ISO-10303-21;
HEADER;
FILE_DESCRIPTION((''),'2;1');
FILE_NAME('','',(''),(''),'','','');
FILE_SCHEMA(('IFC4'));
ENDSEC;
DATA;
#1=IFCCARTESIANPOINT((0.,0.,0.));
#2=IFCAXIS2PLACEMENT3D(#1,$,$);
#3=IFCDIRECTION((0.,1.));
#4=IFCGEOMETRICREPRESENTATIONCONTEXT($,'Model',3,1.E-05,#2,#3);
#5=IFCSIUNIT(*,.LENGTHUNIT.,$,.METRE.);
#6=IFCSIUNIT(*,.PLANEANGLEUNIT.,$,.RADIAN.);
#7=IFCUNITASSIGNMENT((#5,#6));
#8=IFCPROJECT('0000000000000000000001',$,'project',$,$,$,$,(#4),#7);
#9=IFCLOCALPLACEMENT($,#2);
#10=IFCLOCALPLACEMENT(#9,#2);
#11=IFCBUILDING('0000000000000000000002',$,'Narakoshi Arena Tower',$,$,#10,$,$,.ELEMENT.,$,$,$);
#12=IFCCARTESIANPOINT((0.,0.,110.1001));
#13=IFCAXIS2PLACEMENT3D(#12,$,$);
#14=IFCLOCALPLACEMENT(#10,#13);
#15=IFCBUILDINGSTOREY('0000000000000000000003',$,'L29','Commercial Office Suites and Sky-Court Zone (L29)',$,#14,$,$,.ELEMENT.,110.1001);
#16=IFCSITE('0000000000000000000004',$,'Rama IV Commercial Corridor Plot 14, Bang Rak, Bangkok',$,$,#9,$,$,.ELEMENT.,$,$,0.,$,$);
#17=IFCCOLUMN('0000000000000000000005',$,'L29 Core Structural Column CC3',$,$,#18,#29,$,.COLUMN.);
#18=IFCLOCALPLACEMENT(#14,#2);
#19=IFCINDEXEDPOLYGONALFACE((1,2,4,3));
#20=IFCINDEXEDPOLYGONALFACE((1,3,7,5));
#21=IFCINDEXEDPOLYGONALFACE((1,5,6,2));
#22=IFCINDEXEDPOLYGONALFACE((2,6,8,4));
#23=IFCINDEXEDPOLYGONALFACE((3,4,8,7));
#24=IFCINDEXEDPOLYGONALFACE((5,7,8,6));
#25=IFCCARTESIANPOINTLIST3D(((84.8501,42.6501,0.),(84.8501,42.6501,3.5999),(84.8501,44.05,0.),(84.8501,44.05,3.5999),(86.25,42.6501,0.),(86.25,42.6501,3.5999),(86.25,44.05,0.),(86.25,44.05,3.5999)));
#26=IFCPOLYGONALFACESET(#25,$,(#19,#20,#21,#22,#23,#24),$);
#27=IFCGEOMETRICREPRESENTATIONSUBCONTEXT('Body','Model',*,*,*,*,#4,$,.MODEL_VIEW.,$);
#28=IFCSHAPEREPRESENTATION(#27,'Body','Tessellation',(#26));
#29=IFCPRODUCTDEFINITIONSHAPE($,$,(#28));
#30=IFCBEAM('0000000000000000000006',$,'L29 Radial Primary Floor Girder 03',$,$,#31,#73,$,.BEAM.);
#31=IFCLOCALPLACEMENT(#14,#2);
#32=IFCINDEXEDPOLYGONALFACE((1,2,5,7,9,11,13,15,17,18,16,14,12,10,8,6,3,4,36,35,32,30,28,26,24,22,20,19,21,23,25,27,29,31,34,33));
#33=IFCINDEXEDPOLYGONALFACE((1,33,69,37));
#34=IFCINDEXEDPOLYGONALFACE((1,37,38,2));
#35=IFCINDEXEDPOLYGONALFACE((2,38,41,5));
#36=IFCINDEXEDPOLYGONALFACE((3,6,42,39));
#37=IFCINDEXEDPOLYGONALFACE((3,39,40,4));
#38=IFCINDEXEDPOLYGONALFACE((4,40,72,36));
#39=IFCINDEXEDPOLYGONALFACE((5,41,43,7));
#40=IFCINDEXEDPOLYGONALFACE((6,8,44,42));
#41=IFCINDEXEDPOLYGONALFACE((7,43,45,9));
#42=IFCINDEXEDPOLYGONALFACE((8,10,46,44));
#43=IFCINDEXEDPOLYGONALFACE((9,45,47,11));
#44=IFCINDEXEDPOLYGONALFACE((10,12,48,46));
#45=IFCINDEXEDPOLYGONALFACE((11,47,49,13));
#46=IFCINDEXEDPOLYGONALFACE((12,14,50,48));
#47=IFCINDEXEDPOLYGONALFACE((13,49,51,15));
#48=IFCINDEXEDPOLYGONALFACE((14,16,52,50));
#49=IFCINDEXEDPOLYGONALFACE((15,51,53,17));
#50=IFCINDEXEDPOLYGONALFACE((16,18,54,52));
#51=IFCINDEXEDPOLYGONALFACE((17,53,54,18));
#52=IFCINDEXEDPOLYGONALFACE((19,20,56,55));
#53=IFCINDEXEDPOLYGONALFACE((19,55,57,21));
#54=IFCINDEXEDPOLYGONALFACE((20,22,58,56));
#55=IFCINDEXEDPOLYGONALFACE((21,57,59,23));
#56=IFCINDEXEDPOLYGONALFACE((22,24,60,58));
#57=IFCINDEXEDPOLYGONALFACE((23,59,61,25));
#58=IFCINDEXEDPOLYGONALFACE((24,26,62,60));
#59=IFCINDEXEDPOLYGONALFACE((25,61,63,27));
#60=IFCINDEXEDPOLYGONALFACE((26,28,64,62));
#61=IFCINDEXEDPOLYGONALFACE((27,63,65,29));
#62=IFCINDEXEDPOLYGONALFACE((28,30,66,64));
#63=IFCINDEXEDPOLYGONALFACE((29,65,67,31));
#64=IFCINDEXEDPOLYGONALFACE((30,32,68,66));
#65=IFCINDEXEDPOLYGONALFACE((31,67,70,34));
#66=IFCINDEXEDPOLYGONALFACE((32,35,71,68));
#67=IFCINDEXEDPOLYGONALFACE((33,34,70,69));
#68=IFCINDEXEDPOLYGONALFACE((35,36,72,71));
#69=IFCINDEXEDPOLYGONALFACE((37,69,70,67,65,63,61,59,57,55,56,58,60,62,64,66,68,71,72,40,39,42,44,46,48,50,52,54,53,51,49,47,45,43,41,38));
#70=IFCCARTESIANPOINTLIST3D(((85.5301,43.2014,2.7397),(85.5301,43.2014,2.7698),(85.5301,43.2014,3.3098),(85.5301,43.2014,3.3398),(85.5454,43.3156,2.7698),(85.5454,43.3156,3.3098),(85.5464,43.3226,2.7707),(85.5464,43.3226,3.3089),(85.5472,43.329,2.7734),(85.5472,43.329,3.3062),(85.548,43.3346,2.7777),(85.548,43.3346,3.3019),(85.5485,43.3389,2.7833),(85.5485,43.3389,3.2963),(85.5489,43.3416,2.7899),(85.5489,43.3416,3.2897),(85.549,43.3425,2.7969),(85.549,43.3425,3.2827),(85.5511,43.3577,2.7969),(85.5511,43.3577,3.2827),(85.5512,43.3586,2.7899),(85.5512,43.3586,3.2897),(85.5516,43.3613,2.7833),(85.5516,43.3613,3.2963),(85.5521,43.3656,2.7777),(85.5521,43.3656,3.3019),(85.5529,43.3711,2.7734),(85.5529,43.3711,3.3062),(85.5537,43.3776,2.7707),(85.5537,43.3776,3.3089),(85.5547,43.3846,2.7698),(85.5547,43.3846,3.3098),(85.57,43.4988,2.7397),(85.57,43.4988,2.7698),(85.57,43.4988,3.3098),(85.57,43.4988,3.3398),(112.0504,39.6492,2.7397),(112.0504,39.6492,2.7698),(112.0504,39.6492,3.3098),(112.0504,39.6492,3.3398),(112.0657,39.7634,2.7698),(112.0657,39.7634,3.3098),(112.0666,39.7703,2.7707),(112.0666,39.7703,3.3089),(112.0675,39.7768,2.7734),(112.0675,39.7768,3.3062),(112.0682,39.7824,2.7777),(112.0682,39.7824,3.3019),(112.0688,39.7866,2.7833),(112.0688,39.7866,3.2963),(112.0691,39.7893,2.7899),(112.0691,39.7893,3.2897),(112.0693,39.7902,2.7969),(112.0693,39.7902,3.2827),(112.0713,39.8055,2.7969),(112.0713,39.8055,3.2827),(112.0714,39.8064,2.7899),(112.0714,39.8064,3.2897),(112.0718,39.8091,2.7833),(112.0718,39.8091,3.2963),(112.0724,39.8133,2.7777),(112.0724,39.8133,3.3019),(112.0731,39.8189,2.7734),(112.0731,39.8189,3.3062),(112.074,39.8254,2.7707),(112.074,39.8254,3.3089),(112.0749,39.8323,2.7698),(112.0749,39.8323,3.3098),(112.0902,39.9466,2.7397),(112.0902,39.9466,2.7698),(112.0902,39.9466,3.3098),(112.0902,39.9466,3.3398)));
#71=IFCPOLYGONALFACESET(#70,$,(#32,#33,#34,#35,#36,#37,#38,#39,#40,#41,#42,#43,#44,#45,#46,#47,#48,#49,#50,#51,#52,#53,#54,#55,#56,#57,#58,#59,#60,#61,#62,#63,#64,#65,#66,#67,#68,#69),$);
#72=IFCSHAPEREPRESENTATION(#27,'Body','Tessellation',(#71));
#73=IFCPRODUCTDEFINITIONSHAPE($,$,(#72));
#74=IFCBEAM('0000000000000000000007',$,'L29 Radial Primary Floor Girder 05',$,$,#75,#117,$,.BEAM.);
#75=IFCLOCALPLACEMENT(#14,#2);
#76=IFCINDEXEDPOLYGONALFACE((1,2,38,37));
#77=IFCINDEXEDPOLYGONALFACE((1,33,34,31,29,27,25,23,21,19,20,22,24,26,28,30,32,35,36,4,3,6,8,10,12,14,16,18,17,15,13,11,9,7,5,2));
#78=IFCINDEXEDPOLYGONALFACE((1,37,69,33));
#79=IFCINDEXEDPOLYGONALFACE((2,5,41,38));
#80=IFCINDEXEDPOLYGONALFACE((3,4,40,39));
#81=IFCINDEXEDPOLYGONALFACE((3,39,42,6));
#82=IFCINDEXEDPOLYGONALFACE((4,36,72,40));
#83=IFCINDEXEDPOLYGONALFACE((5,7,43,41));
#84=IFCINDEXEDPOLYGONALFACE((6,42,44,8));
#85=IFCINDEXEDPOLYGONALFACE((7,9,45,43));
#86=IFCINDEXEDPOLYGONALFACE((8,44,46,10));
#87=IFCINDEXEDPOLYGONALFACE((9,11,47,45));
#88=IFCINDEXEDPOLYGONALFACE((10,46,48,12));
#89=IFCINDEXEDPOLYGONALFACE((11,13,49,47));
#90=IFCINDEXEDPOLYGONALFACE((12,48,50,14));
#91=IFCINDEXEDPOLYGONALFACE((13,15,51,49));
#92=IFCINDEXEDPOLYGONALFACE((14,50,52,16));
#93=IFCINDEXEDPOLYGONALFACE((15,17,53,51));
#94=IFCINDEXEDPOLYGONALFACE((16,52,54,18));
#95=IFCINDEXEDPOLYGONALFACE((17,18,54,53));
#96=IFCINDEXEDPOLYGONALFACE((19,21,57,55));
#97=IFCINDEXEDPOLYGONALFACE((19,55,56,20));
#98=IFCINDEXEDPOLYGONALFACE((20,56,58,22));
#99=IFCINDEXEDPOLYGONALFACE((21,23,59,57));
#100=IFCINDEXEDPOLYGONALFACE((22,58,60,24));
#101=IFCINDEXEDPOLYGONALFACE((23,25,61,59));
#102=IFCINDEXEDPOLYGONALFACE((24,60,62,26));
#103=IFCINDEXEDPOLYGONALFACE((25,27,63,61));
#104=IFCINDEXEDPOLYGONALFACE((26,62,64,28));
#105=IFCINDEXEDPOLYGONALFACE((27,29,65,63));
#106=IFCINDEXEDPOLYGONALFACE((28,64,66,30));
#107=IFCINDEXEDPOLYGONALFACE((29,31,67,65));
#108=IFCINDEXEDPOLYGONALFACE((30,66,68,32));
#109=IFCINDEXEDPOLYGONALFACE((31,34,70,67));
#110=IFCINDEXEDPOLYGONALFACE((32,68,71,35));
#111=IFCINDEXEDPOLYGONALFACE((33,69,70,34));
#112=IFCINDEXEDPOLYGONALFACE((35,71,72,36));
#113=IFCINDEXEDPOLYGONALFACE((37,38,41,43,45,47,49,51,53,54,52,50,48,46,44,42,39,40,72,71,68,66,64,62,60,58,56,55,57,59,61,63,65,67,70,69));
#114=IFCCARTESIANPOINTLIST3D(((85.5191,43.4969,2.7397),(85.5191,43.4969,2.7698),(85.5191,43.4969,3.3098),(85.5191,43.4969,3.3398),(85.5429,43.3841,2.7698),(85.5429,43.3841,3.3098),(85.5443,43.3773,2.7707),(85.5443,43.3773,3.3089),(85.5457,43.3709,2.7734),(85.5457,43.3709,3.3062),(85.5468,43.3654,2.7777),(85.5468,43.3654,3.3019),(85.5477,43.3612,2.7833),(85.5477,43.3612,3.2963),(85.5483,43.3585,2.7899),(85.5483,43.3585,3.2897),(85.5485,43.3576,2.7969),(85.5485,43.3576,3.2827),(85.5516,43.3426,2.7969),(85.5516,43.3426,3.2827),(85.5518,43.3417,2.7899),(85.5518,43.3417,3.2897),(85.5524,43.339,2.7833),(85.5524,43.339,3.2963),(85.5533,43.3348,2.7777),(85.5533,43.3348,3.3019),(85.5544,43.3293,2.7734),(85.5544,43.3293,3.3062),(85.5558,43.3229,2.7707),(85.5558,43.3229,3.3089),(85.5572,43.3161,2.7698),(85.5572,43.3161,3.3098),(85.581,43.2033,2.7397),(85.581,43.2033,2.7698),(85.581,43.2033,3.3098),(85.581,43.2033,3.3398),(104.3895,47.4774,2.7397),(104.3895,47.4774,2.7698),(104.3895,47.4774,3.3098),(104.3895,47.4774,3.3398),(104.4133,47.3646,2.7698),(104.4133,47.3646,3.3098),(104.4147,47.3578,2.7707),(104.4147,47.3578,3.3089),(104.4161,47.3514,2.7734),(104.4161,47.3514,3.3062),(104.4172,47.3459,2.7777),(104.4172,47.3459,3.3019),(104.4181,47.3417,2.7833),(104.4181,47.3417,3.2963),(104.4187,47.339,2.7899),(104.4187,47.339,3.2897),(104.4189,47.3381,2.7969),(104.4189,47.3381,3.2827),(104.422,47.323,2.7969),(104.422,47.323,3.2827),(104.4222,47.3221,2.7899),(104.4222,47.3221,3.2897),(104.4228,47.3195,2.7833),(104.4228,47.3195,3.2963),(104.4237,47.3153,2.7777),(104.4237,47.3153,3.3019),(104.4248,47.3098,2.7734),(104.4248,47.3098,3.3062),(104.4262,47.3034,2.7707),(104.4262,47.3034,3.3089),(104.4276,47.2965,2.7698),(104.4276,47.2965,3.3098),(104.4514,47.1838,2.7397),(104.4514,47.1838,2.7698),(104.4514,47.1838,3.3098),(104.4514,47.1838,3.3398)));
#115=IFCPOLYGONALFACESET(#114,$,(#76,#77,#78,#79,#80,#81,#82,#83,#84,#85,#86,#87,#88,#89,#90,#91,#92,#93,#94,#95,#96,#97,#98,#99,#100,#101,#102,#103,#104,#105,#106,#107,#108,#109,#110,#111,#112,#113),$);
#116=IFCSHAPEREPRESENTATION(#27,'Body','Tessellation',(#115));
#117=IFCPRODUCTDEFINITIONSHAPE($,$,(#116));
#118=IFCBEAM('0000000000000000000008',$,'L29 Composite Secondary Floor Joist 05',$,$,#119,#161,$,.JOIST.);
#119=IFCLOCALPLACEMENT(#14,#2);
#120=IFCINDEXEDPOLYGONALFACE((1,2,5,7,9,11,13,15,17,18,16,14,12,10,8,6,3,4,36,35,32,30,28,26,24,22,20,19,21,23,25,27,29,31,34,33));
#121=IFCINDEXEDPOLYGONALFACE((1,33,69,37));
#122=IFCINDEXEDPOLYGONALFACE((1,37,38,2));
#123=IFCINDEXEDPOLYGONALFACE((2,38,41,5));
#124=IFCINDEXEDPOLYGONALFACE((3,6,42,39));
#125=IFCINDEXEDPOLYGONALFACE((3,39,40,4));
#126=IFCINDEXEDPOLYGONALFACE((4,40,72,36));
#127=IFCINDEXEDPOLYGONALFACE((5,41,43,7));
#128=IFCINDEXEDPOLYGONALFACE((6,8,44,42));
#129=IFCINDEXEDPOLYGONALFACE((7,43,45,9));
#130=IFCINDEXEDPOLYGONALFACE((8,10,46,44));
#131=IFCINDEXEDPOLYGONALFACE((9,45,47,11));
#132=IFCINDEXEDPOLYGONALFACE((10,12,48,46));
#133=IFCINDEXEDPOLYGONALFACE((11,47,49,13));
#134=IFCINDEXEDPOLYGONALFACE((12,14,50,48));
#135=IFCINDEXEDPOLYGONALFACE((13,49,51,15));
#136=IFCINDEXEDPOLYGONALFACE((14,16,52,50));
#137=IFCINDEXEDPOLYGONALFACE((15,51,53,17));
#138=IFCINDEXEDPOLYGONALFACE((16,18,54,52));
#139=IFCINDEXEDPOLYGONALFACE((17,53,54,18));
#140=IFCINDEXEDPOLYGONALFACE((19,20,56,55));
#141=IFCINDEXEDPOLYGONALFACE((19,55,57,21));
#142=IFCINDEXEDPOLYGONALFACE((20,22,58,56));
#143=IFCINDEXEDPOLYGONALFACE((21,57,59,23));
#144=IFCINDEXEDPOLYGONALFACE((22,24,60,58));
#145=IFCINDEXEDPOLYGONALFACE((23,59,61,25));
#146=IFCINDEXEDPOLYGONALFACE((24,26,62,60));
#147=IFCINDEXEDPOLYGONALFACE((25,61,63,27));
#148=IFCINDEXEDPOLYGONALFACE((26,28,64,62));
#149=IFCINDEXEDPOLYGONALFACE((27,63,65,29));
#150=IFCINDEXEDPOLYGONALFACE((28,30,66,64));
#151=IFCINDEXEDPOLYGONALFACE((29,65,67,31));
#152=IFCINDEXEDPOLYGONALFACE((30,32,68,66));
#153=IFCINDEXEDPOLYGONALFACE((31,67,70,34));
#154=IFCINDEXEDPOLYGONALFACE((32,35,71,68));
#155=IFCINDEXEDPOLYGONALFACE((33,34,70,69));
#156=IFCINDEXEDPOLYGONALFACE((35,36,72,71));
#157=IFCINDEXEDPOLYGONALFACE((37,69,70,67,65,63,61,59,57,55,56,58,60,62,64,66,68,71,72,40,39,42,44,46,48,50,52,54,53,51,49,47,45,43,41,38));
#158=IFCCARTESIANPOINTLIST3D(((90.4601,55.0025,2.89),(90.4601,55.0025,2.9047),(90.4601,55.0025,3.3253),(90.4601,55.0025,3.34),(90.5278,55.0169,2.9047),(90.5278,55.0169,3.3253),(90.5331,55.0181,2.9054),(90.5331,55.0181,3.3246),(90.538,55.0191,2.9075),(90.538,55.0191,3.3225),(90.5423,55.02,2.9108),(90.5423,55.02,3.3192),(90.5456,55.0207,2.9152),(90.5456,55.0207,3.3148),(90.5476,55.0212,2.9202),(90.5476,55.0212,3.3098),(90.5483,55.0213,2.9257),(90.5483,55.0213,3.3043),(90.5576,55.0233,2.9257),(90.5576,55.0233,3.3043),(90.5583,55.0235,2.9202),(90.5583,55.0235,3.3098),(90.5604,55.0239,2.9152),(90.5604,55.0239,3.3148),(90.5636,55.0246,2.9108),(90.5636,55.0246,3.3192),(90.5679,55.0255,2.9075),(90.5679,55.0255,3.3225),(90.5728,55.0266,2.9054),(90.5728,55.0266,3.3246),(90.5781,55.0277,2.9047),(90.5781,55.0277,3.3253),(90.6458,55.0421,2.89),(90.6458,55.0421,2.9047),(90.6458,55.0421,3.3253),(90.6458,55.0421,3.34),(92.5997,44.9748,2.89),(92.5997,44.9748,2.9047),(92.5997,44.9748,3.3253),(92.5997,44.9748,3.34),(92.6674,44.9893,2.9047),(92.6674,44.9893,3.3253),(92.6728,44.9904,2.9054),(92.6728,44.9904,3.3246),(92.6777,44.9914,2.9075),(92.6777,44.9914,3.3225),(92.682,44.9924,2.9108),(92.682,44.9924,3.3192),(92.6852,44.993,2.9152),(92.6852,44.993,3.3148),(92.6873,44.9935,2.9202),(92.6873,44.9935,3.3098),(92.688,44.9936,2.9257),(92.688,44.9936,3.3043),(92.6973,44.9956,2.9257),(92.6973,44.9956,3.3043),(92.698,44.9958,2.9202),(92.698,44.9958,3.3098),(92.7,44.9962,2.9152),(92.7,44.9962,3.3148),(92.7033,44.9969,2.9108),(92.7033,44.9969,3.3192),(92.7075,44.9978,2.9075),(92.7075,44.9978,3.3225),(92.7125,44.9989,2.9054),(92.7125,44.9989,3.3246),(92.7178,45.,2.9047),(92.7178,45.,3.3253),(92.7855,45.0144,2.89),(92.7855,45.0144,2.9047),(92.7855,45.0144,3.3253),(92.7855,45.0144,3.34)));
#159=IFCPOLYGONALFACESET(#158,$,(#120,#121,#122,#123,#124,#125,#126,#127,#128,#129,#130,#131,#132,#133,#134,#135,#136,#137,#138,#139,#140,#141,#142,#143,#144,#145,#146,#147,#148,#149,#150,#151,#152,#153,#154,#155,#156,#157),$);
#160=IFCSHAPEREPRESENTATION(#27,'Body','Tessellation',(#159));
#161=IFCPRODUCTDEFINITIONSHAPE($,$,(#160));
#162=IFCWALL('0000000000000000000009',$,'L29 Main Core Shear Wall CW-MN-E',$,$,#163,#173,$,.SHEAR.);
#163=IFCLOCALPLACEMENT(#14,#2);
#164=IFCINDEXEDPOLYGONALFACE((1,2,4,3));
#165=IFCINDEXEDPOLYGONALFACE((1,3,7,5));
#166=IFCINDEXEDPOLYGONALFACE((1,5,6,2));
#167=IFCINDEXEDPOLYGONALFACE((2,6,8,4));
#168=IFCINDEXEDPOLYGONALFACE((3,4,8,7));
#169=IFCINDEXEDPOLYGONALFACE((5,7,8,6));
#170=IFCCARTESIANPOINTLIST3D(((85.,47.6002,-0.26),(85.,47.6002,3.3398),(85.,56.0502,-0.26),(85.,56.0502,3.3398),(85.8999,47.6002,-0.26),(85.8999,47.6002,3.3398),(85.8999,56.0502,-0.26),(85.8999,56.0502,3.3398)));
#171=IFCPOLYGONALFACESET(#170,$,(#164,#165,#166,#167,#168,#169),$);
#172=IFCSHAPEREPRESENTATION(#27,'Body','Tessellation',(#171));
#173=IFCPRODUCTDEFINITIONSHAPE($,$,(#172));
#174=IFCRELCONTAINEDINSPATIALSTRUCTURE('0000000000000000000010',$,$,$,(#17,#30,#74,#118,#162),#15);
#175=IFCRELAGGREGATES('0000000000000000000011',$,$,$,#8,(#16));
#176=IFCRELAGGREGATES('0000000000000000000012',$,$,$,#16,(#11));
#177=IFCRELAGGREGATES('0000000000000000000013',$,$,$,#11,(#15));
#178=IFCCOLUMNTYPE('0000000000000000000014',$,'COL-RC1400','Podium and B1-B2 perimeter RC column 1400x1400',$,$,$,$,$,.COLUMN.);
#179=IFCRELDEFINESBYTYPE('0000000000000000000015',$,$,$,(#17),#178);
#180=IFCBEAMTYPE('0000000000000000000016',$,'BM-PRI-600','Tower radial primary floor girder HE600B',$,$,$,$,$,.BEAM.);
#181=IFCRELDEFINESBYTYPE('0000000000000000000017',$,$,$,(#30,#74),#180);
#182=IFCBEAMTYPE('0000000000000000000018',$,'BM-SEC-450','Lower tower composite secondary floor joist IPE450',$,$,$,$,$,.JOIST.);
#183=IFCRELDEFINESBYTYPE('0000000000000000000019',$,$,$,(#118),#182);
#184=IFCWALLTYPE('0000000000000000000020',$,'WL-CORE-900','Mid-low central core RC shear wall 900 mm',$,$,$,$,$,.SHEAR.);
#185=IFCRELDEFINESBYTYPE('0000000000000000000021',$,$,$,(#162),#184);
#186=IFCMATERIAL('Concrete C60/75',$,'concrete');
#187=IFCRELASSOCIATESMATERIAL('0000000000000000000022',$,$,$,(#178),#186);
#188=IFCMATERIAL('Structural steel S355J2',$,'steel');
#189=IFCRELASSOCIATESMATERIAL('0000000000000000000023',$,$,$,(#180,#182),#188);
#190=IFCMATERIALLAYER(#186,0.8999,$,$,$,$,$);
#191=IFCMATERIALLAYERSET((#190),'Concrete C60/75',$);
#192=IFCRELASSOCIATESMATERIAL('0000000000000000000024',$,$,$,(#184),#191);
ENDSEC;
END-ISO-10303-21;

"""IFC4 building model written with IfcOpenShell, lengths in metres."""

from ifc_helpers import new_model, si_unit, direction, frame, frame_2d, origin, origin_2d, place, context, subcontext, project, spatial, rectangle, i_section, extrude, material, layer, layer_set, material_profile, profile_set, type_object, element, save


model = new_model("IFC4")

# Units and contexts
model_context = context("Model", 3, precision=1e-05, world=origin(), true_north=direction((0.0, 1.0)))
body_context = subcontext(model_context, "Body", "Model", "MODEL_VIEW")
ifc_project = project(units=[si_unit("LENGTHUNIT", "METRE"), si_unit("PLANEANGLEUNIT", "RADIAN")], contexts=[model_context])

# Site, building, storey
site_placement = place(None, origin())
site = spatial("IfcSite", under=ifc_project, at=site_placement, Name="Rama IV Commercial Corridor Plot 14, Bang Rak, Bangkok", CompositionType="ELEMENT", RefElevation=0.0)
building_placement = place(site_placement, origin())
building = spatial("IfcBuilding", under=site, at=building_placement, Name="Narakoshi Arena Tower", CompositionType="ELEMENT")
storey_placement = place(building_placement, frame((0.0, 0.0, 110.1001)))
storey = spatial("IfcBuildingStorey", under=building, at=storey_placement, Name="L29", Description="Commercial Office Suites and Sky-Court Zone (L29)", CompositionType="ELEMENT", Elevation=110.1001)

# Column
ifc_material_1 = material(Name="Concrete C60/75", Category="concrete")
ifc_material_profile_1 = material_profile(ifc_material_1, rectangle(XDim=1.3999, YDim=1.3999, at=origin_2d()), Name="RC1400x1400")
ifc_profile_set_1 = profile_set([ifc_material_profile_1], Name="Concrete C60/75")
column_type = type_object("IfcColumnType", Name="COL-RC1400", Description="Podium and B1-B2 perimeter RC column 1400x1400", PredefinedType="COLUMN", material=ifc_profile_set_1)
column_placement = place(storey_placement, frame((85.55, 43.3501, 0.0), z_axis=(0.0, 0.0, 1.0), x_axis=(1.0, 0.0, 0.0)))
element("IfcColumn", 1, at=column_placement, inside=storey, type_object=column_type, Name="L29 Core Structural Column CC3", PredefinedType="COLUMN", context=body_context, shape_type="SweptSolid", body=[
    extrude(rectangle(XDim=1.3999, YDim=1.3999, at=origin_2d()), origin(), (0.0, 0.0, 1.0), 3.5999),
])

# Beams
ifc_material_2 = material(Name="Structural steel S355J2", Category="steel")
ifc_material_profile_2 = material_profile(ifc_material_2, i_section(OverallWidth=0.3, OverallDepth=0.6001, WebThickness=0.0154, FlangeThickness=0.03, FilletRadius=0.0271, at=origin_2d()), Name="HE600B")
ifc_profile_set_2 = profile_set([ifc_material_profile_2], Name="Structural steel S355J2")
beam_type_1 = type_object("IfcBeamType", Name="BM-PRI-600", Description="Tower radial primary floor girder HE600B", PredefinedType="BEAM", material=ifc_profile_set_2)
beam_1_placement = place(storey_placement, frame((85.55, 43.3501, 3.0398), z_axis=(0.991148, -0.132759, 0.0), x_axis=(0.132759, 0.991148, 0.0)))
element("IfcBeam", 2, at=beam_1_placement, inside=storey, type_object=beam_type_1, Name="L29 Radial Primary Floor Girder 03", PredefinedType="BEAM", context=body_context, shape_type="SweptSolid", body=[
    extrude(i_section(OverallWidth=0.3, OverallDepth=0.6001, WebThickness=0.0154, FlangeThickness=0.03, FilletRadius=0.0271, at=origin_2d()), origin(), (0.0, 0.0, 1.0), 26.7571),
])
beam_2_placement = place(storey_placement, frame((85.55, 43.3501, 3.0398), z_axis=(0.978469, 0.206396, 0.0), x_axis=(-0.206396, 0.978469, 0.0)))
element("IfcBeam", 3, at=beam_2_placement, inside=storey, type_object=beam_type_1, Name="L29 Radial Primary Floor Girder 05", PredefinedType="BEAM", context=body_context, shape_type="SweptSolid", body=[
    extrude(i_section(OverallWidth=0.3, OverallDepth=0.6001, WebThickness=0.0154, FlangeThickness=0.03, FilletRadius=0.0271, at=origin_2d()), origin(), (0.0, 0.0, 1.0), 19.2856),
])
ifc_material_profile_3 = material_profile(ifc_material_2, i_section(OverallWidth=0.1899, OverallDepth=0.45, WebThickness=0.0095, FlangeThickness=0.0146, FilletRadius=0.021, at=origin_2d()), Name="IPE450")
ifc_profile_set_3 = profile_set([ifc_material_profile_3], Name="Structural steel S355J2")
beam_type_2 = type_object("IfcBeamType", Name="BM-SEC-450", Description="Lower tower composite secondary floor joist IPE450", PredefinedType="JOIST", material=ifc_profile_set_3)
beam_3_placement = place(storey_placement, frame((92.6926, 44.9946, 3.115), z_axis=(-0.208679, 0.977984, 0.0), x_axis=(-0.977984, -0.208679, 0.0)))
element("IfcBeam", 4, at=beam_3_placement, inside=storey, type_object=beam_type_2, Name="L29 Composite Secondary Floor Joist 05", PredefinedType="JOIST", context=body_context, shape_type="SweptSolid", body=[
    extrude(i_section(OverallWidth=0.1899, OverallDepth=0.45, WebThickness=0.0095, FlangeThickness=0.0146, FilletRadius=0.021, at=origin_2d()), origin(), (0.0, 0.0, 1.0), 10.2534),
])

# Wall
ifc_layer_1 = layer(ifc_material_1, 0.8999)
ifc_layer_set_1 = layer_set([ifc_layer_1], Name="Concrete C60/75")
wall_type_1 = type_object("IfcWallType", Name="WL-CORE-900", Description="Mid-low central core RC shear wall 900 mm", PredefinedType="SHEAR", material=ifc_layer_set_1)
wall_1_placement = place(storey_placement, frame((85.45, 47.6001, -0.26), z_axis=(0.0, 0.0, 1.0), x_axis=(0.0, 1.0, 0.0)))
element("IfcWall", 5, at=wall_1_placement, inside=storey, type_object=wall_type_1, Name="L29 Main Core Shear Wall CW-MN-E", PredefinedType="SHEAR", context=body_context, shape_type="SweptSolid", body=[
    extrude(rectangle(XDim=8.45, YDim=0.8999, at=frame_2d((4.2251, 0.0))), origin(), (0.0, 0.0, 1.0), 3.5999),
])

save(model, "model.ifc")
